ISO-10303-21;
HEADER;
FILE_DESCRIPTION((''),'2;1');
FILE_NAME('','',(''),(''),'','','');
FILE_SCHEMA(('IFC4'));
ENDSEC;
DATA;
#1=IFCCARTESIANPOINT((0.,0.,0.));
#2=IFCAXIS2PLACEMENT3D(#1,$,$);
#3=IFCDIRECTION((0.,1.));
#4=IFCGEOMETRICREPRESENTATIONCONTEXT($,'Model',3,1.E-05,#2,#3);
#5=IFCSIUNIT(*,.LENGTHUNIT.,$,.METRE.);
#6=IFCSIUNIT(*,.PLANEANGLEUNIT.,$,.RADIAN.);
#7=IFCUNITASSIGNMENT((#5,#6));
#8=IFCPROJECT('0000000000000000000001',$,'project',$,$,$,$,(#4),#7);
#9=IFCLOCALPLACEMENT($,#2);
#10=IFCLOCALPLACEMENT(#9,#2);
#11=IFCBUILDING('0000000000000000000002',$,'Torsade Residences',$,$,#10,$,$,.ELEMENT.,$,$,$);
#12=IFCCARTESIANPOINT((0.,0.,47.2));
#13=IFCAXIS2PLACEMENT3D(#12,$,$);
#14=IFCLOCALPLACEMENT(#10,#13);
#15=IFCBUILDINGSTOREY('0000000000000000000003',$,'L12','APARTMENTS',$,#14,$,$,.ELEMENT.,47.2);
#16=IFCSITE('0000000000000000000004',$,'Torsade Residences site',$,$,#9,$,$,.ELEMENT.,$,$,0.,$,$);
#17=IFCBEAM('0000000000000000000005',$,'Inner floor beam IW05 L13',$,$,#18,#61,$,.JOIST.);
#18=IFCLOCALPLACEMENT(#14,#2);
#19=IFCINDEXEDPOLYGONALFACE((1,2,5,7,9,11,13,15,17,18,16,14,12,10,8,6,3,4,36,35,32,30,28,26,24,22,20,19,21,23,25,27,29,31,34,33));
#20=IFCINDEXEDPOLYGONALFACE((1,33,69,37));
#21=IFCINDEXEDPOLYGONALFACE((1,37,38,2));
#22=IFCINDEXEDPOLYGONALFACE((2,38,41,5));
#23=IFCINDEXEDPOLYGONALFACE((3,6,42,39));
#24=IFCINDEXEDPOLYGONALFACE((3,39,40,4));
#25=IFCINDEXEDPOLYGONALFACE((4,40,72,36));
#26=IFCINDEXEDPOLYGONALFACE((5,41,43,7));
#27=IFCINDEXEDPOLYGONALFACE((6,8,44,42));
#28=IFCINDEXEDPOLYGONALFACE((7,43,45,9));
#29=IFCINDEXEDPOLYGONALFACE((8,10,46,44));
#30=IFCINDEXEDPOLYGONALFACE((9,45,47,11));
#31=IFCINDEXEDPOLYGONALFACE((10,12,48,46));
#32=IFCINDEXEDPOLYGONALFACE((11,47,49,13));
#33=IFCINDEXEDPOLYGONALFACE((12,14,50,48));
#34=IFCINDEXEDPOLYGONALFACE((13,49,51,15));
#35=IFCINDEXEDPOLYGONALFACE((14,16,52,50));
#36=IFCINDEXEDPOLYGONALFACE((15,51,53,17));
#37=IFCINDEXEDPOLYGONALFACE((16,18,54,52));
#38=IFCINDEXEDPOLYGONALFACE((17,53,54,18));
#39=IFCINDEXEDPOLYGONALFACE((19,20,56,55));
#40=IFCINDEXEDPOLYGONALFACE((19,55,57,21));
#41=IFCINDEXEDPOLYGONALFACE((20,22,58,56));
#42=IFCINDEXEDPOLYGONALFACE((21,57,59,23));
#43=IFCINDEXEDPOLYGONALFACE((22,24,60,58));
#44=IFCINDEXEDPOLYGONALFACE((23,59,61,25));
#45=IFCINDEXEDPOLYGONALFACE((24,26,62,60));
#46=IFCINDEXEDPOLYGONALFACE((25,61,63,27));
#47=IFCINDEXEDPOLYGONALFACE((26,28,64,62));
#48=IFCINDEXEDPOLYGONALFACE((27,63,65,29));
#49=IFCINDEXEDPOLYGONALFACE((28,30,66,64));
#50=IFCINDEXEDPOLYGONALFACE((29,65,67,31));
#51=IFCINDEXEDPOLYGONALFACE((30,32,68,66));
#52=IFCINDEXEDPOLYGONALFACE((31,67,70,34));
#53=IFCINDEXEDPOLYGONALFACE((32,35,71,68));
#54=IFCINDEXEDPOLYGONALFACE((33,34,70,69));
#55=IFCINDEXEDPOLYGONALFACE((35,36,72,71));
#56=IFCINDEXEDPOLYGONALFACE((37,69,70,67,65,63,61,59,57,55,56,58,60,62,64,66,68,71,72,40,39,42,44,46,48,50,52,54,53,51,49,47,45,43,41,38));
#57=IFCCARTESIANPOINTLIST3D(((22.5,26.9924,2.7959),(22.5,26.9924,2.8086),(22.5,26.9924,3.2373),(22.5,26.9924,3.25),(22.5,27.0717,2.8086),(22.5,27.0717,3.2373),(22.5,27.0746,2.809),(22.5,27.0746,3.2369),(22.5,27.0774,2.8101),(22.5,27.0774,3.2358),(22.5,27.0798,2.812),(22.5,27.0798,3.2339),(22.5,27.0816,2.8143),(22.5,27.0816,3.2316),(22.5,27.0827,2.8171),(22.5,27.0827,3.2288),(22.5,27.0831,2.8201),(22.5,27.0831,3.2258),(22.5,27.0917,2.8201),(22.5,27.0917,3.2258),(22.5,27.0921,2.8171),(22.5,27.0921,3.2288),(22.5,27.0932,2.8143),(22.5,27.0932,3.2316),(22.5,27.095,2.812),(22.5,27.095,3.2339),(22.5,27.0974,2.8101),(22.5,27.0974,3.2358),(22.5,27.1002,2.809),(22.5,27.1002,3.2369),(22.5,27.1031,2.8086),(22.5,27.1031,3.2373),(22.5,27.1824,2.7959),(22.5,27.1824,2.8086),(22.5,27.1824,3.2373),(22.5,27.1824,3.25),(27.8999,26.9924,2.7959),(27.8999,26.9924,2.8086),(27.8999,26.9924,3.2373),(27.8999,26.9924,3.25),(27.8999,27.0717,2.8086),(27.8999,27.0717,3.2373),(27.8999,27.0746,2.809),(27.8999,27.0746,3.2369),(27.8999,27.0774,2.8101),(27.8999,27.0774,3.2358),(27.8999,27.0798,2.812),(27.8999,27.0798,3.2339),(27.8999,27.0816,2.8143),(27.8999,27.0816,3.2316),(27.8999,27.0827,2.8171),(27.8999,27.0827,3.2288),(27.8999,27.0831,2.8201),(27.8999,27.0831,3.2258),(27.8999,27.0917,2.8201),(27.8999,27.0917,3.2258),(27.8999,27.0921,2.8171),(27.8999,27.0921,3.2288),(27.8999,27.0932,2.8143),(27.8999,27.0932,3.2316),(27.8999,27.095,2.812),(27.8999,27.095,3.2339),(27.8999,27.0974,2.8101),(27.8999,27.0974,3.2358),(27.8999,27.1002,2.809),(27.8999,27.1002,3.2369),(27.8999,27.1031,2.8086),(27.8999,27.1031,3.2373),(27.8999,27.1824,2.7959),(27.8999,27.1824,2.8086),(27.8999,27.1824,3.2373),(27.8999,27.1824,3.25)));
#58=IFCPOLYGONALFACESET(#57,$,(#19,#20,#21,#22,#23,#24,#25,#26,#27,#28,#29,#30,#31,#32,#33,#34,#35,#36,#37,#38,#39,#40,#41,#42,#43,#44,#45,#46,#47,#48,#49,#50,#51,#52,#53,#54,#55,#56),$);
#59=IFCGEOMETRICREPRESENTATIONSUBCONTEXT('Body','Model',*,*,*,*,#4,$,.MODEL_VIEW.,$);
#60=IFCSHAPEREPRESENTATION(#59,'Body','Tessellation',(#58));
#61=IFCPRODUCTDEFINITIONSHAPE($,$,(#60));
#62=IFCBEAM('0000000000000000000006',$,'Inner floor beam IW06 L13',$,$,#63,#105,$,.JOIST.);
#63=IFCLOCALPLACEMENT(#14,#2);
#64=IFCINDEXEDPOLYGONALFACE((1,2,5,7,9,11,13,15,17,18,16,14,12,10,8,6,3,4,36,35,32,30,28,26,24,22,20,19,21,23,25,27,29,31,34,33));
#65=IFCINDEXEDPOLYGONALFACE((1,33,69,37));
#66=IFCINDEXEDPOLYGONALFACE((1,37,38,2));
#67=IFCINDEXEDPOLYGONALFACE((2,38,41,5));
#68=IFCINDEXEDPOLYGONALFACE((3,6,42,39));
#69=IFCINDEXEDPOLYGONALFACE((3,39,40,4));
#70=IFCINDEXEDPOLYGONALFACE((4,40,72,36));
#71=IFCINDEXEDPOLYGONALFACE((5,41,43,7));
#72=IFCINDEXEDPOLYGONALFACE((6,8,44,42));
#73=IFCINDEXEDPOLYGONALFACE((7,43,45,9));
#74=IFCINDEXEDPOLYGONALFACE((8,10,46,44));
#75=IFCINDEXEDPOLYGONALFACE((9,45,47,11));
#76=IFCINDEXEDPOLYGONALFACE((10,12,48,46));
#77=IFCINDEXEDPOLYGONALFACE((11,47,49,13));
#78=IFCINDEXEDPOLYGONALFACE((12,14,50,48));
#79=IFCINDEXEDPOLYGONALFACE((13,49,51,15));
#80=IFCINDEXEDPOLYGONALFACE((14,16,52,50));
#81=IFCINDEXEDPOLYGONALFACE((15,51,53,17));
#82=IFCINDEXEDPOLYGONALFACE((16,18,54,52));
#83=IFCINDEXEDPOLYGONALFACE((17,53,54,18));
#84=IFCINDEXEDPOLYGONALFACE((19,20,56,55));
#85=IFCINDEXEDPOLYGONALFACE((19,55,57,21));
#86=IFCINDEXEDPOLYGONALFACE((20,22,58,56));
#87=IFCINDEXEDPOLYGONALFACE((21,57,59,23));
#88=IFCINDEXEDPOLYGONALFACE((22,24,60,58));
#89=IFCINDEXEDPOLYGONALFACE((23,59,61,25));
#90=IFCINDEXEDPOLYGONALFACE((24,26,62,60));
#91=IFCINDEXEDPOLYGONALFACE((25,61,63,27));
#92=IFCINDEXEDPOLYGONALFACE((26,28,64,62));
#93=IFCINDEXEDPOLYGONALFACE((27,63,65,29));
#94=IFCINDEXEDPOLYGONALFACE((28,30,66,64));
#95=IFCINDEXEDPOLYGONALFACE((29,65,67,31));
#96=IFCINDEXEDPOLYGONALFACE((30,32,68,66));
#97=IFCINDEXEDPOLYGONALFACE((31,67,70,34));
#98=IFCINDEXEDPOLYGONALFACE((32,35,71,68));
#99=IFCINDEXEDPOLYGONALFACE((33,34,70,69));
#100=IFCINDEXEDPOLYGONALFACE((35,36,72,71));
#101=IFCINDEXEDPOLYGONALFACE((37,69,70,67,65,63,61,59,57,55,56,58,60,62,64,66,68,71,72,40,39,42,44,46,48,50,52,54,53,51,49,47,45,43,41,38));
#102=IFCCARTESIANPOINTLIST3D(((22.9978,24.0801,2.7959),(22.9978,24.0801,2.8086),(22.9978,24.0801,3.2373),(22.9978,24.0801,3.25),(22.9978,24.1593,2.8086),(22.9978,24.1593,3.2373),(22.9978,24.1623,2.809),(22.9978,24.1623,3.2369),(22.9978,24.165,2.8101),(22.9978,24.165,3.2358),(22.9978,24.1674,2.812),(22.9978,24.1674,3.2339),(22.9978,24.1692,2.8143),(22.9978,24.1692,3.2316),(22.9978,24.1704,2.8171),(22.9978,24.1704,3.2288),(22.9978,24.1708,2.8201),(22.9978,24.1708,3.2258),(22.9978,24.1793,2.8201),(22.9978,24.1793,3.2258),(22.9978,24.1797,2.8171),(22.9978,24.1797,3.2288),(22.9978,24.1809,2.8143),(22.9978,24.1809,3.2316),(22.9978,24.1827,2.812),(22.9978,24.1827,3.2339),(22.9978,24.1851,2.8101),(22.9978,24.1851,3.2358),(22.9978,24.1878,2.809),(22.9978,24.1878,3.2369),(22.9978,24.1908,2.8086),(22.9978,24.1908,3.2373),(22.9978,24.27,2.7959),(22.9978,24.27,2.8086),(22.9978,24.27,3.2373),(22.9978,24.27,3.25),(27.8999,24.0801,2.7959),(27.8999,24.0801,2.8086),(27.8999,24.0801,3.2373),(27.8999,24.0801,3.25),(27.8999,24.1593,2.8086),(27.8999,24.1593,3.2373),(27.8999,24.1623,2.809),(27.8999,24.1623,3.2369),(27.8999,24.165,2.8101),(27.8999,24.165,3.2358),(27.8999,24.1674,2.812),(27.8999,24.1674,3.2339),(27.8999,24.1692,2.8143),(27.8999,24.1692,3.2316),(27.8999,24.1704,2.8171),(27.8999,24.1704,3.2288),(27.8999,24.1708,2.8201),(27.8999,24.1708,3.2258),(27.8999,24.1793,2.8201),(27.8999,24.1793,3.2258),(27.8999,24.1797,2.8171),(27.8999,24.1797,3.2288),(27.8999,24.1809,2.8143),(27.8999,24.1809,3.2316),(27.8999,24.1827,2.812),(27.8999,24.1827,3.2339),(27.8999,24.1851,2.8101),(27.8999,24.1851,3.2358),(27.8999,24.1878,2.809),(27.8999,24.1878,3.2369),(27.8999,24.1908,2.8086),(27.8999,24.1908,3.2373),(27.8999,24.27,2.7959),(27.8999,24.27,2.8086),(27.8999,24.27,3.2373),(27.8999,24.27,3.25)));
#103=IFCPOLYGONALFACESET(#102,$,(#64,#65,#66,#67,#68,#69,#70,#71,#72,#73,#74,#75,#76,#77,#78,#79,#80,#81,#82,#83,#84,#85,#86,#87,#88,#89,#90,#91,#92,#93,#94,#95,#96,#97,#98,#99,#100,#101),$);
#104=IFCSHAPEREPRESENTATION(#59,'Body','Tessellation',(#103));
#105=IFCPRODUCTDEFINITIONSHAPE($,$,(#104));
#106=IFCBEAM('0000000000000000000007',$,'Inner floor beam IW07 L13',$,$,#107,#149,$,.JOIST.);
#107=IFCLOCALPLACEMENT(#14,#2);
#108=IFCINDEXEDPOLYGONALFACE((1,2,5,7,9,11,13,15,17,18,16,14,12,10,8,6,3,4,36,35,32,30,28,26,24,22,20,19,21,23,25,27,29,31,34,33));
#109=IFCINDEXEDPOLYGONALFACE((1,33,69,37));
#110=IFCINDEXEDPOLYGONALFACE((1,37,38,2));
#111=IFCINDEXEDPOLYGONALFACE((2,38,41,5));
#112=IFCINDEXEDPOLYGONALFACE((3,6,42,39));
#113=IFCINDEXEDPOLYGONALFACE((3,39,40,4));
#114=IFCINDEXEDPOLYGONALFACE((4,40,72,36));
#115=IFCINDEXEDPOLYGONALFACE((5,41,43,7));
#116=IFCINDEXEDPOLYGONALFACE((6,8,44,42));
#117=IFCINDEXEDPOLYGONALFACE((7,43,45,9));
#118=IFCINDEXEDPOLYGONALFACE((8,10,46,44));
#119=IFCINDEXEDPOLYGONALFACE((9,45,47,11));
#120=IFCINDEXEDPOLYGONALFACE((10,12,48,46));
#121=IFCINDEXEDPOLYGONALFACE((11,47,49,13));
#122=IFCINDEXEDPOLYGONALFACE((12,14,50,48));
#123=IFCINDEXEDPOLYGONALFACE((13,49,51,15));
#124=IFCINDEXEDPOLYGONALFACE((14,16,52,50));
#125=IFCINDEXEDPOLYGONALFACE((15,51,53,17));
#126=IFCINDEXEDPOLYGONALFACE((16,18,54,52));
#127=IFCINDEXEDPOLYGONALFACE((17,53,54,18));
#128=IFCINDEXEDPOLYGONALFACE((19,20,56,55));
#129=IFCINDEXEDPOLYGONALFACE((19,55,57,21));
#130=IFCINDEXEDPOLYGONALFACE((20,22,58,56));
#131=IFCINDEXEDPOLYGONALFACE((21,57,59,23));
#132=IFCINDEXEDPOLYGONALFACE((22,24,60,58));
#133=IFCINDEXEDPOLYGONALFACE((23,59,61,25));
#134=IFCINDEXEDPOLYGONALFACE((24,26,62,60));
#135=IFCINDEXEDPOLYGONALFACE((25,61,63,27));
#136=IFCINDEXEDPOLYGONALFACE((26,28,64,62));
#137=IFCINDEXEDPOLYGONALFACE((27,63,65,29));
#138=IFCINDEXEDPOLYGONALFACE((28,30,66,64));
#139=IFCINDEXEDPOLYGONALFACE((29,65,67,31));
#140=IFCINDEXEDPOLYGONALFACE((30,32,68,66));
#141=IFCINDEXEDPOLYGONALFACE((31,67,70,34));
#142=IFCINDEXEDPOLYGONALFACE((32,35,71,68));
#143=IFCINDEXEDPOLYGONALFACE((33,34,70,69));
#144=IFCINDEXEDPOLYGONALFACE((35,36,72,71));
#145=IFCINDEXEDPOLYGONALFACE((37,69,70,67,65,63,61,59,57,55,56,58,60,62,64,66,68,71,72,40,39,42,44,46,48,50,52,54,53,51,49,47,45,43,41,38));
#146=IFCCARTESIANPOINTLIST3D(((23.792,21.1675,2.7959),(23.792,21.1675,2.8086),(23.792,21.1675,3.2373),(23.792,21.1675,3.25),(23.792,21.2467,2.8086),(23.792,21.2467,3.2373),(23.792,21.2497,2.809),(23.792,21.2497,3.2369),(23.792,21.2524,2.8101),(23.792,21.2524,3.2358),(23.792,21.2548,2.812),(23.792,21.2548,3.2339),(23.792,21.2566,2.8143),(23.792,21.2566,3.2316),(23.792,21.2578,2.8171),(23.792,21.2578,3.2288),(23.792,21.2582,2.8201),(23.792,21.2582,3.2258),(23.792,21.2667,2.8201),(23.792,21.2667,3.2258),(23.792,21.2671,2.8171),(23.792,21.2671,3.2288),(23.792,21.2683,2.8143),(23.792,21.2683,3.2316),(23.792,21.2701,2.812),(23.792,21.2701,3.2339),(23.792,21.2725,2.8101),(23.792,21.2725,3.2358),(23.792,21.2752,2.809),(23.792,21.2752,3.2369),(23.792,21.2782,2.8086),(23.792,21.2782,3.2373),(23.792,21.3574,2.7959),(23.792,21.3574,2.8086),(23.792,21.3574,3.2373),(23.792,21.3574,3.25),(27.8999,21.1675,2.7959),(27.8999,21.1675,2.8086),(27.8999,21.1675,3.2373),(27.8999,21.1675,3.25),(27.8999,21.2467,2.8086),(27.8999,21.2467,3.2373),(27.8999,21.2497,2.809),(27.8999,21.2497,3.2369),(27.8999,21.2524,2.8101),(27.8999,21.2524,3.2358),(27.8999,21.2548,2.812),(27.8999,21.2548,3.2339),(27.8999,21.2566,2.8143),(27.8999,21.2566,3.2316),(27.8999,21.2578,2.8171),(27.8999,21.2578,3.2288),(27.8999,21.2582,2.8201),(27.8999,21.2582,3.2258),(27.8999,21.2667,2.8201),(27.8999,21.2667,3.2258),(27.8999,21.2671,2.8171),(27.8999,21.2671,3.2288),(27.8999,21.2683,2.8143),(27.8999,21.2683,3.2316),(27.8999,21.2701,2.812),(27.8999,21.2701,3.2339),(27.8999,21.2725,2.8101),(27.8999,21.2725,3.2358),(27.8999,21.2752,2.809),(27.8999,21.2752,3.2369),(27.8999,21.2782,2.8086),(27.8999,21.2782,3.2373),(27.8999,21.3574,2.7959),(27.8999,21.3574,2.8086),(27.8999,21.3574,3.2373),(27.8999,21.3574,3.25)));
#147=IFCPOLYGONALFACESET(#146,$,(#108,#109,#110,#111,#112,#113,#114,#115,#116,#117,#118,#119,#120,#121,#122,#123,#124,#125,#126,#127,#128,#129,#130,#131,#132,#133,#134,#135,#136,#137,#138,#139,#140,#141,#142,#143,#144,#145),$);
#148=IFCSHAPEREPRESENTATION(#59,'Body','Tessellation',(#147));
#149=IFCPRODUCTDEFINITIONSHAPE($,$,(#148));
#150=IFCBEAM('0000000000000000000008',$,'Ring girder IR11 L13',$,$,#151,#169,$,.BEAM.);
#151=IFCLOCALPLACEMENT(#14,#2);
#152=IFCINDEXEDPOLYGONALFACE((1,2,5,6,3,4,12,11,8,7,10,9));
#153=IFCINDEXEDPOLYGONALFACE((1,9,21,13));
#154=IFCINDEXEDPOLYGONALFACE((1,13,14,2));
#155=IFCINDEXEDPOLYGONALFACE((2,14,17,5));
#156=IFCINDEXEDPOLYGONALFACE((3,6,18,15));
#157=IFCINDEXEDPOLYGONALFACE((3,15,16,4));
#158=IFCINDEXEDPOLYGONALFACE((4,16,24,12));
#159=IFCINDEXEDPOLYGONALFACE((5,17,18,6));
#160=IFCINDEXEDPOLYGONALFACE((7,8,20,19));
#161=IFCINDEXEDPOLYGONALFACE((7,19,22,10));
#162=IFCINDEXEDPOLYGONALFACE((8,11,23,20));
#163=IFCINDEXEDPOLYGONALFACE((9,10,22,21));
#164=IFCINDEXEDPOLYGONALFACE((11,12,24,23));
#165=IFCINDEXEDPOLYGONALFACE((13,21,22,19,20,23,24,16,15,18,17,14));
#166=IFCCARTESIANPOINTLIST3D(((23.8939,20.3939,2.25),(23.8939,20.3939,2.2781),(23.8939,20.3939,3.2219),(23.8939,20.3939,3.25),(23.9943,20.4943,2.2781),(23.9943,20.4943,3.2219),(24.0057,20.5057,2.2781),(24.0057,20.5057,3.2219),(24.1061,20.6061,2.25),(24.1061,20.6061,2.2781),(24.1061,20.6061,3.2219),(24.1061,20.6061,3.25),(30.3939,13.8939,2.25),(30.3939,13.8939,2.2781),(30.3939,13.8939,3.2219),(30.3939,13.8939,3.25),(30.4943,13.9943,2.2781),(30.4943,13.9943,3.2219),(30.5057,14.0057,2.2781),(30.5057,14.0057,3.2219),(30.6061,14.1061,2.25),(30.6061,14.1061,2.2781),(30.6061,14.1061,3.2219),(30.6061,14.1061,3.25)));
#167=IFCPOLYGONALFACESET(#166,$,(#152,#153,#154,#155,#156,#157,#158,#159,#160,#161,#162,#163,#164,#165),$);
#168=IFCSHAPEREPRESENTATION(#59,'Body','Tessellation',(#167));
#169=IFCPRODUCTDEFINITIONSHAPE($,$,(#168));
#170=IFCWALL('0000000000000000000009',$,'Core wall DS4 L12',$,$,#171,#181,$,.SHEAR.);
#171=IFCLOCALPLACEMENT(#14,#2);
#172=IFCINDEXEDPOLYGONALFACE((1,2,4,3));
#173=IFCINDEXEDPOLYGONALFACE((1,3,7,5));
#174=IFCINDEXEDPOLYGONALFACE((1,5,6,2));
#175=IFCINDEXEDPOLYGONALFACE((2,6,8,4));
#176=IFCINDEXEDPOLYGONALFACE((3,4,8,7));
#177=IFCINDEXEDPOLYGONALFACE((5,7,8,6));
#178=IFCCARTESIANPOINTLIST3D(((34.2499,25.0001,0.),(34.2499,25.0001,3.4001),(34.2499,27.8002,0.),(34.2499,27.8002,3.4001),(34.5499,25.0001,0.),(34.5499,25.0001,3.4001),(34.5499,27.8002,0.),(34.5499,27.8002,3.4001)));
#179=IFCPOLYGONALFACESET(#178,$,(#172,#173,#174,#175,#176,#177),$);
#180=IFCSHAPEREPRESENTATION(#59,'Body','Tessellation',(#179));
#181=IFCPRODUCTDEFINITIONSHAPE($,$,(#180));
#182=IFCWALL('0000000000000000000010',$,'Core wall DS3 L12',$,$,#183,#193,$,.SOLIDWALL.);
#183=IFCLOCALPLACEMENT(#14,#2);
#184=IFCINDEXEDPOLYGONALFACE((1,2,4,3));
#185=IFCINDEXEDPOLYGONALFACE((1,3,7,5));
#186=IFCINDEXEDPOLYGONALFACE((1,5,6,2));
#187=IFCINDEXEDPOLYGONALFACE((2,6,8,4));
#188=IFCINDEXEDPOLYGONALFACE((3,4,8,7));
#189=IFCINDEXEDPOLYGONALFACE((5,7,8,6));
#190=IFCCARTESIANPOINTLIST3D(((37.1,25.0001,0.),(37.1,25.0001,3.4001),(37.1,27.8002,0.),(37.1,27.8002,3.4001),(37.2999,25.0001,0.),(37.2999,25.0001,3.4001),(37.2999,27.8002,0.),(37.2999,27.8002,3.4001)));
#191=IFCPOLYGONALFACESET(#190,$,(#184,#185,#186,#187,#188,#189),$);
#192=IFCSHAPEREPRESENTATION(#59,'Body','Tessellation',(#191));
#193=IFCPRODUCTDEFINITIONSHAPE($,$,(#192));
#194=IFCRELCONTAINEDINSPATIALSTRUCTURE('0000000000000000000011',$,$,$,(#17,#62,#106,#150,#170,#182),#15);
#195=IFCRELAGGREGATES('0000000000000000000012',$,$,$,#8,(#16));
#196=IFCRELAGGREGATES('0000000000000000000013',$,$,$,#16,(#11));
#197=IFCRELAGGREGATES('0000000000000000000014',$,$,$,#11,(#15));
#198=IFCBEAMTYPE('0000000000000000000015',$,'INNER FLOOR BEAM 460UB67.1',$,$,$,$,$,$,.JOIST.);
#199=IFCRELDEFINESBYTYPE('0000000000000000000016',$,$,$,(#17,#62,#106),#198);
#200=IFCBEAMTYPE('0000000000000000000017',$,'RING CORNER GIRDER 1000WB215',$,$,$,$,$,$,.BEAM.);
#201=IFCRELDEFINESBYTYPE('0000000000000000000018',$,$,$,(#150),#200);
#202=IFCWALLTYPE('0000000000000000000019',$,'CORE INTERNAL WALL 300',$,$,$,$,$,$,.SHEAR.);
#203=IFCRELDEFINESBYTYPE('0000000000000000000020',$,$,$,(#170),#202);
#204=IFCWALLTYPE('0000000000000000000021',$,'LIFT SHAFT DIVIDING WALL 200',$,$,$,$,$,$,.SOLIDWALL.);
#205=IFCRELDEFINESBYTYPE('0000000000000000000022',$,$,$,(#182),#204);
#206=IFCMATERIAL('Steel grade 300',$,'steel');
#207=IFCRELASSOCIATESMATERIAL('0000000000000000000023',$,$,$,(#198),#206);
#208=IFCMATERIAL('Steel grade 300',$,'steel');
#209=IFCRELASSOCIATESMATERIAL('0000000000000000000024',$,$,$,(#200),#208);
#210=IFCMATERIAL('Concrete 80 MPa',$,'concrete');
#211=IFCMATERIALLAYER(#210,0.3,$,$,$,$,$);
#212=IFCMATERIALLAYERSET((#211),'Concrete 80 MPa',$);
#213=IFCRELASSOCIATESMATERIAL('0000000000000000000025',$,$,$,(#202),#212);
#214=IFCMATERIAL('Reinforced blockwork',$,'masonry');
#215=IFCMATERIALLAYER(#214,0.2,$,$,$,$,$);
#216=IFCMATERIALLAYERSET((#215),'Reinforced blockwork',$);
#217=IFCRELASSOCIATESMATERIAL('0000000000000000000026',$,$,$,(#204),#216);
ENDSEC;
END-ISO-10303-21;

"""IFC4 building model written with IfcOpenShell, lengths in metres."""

from ifc_helpers import new_model, si_unit, direction, frame, frame_2d, origin, origin_2d, place, context, subcontext, project, spatial, rectangle, i_section, extrude, material, layer, layer_set, material_profile, profile_set, type_object, element, save


model = new_model("IFC4")

# Units and contexts
model_context = context("Model", 3, precision=1e-05, world=origin(), true_north=direction((0.0, 1.0)))
body_context = subcontext(model_context, "Body", "Model", "MODEL_VIEW")
ifc_project = project(units=[si_unit("LENGTHUNIT", "METRE"), si_unit("PLANEANGLEUNIT", "RADIAN")], contexts=[model_context])

# Site, building, storey
site_placement = place(None, origin())
site = spatial("IfcSite", under=ifc_project, at=site_placement, Name="Torsade Residences site", CompositionType="ELEMENT", RefElevation=0.0)
building_placement = place(site_placement, origin())
building = spatial("IfcBuilding", under=site, at=building_placement, Name="Torsade Residences", CompositionType="ELEMENT")
storey_placement = place(building_placement, frame((0.0, 0.0, 47.2)))
storey = spatial("IfcBuildingStorey", under=building, at=storey_placement, Name="L12", Description="APARTMENTS", CompositionType="ELEMENT", Elevation=47.2)

# Beams
ifc_material_1 = material(Name="Steel grade 300", Category="steel")
ifc_material_profile_1 = material_profile(ifc_material_1, i_section(OverallWidth=0.1899, OverallDepth=0.4541, WebThickness=0.0085, FlangeThickness=0.0127, FilletRadius=0.0115, at=origin_2d()), Name="460UB67.1")
ifc_profile_set_1 = profile_set([ifc_material_profile_1], Name="Steel grade 300")
beam_type_1 = type_object("IfcBeamType", Name="INNER FLOOR BEAM 460UB67.1", PredefinedType="JOIST", material=ifc_profile_set_1)
beam_1_placement = place(storey_placement, frame((27.8999, 27.0874, 3.0229), z_axis=(-1.0, 0.0, 0.0), x_axis=(0.0, -1.0, 0.0)))
element("IfcBeam", 1, at=beam_1_placement, inside=storey, type_object=beam_type_1, Name="Inner floor beam IW05 L13", PredefinedType="JOIST", context=body_context, shape_type="SweptSolid", body=[
    extrude(i_section(OverallWidth=0.1899, OverallDepth=0.4541, WebThickness=0.0085, FlangeThickness=0.0127, FilletRadius=0.0115, at=origin_2d()), origin(), (0.0, 0.0, 1.0), 5.3999),
])
beam_2_placement = place(storey_placement, frame((27.8999, 24.175, 3.0229), z_axis=(-1.0, 0.0, 0.0), x_axis=(0.0, -1.0, 0.0)))
element("IfcBeam", 2, at=beam_2_placement, inside=storey, type_object=beam_type_1, Name="Inner floor beam IW06 L13", PredefinedType="JOIST", context=body_context, shape_type="SweptSolid", body=[
    extrude(i_section(OverallWidth=0.1899, OverallDepth=0.4541, WebThickness=0.0085, FlangeThickness=0.0127, FilletRadius=0.0115, at=origin_2d()), origin(), (0.0, 0.0, 1.0), 4.9021),
])
beam_3_placement = place(storey_placement, frame((27.8999, 21.2625, 3.0229), z_axis=(-1.0, 0.0, 0.0), x_axis=(0.0, -1.0, 0.0)))
element("IfcBeam", 3, at=beam_3_placement, inside=storey, type_object=beam_type_1, Name="Inner floor beam IW07 L13", PredefinedType="JOIST", context=body_context, shape_type="SweptSolid", body=[
    extrude(i_section(OverallWidth=0.1899, OverallDepth=0.4541, WebThickness=0.0085, FlangeThickness=0.0127, FilletRadius=0.0115, at=origin_2d()), origin(), (0.0, 0.0, 1.0), 4.1079),
])
ifc_material_2 = material(Name="Steel grade 300", Category="steel")
ifc_material_profile_2 = material_profile(ifc_material_2, i_section(OverallWidth=0.3, OverallDepth=1.0, WebThickness=0.0161, FlangeThickness=0.0281, at=origin_2d()), Name="1000WB215")
ifc_profile_set_2 = profile_set([ifc_material_profile_2], Name="Steel grade 300")
beam_type_2 = type_object("IfcBeamType", Name="RING CORNER GIRDER 1000WB215", PredefinedType="BEAM", material=ifc_profile_set_2)
beam_4_placement = place(storey_placement, frame((24.0, 20.5, 2.75), z_axis=(0.707107, -0.707107, 0.0), x_axis=(0.707107, 0.707107, 0.0)))
element("IfcBeam", 4, at=beam_4_placement, inside=storey, type_object=beam_type_2, Name="Ring girder IR11 L13", PredefinedType="BEAM", context=body_context, shape_type="SweptSolid", body=[
    extrude(i_section(OverallWidth=0.3, OverallDepth=1.0, WebThickness=0.0161, FlangeThickness=0.0281, at=origin_2d()), origin(), (0.0, 0.0, 1.0), 9.1924),
])

# Walls
ifc_material_3 = material(Name="Concrete 80 MPa", Category="concrete")
ifc_layer_1 = layer(ifc_material_3, 0.3)
ifc_layer_set_1 = layer_set([ifc_layer_1], Name="Concrete 80 MPa")
wall_type_1 = type_object("IfcWallType", Name="CORE INTERNAL WALL 300", PredefinedType="SHEAR", material=ifc_layer_set_1)
wall_1_placement = place(storey_placement, frame((34.3999, 27.8, 0.0), z_axis=(0.0, 0.0, 1.0), x_axis=(0.0, -1.0, 0.0)))
element("IfcWall", 5, at=wall_1_placement, inside=storey, type_object=wall_type_1, Name="Core wall DS4 L12", PredefinedType="SHEAR", context=body_context, shape_type="SweptSolid", body=[
    extrude(rectangle(XDim=2.8, YDim=0.3, at=frame_2d((1.3999, 0.0))), origin(), (0.0, 0.0, 1.0), 3.4001),
])
ifc_material_4 = material(Name="Reinforced blockwork", Category="masonry")
ifc_layer_2 = layer(ifc_material_4, 0.2)
ifc_layer_set_2 = layer_set([ifc_layer_2], Name="Reinforced blockwork")
wall_type_2 = type_object("IfcWallType", Name="LIFT SHAFT DIVIDING WALL 200", PredefinedType="SOLIDWALL", material=ifc_layer_set_2)
wall_2_placement = place(storey_placement, frame((37.2, 27.8, 0.0), z_axis=(0.0, 0.0, 1.0), x_axis=(0.0, -1.0, 0.0)))
element("IfcWall", 6, at=wall_2_placement, inside=storey, type_object=wall_type_2, Name="Core wall DS3 L12", PredefinedType="SOLIDWALL", context=body_context, shape_type="SweptSolid", body=[
    extrude(rectangle(XDim=2.8, YDim=0.2, at=frame_2d((1.3999, 0.0))), origin(), (0.0, 0.0, 1.0), 3.4001),
])

save(model, "model.ifc")
